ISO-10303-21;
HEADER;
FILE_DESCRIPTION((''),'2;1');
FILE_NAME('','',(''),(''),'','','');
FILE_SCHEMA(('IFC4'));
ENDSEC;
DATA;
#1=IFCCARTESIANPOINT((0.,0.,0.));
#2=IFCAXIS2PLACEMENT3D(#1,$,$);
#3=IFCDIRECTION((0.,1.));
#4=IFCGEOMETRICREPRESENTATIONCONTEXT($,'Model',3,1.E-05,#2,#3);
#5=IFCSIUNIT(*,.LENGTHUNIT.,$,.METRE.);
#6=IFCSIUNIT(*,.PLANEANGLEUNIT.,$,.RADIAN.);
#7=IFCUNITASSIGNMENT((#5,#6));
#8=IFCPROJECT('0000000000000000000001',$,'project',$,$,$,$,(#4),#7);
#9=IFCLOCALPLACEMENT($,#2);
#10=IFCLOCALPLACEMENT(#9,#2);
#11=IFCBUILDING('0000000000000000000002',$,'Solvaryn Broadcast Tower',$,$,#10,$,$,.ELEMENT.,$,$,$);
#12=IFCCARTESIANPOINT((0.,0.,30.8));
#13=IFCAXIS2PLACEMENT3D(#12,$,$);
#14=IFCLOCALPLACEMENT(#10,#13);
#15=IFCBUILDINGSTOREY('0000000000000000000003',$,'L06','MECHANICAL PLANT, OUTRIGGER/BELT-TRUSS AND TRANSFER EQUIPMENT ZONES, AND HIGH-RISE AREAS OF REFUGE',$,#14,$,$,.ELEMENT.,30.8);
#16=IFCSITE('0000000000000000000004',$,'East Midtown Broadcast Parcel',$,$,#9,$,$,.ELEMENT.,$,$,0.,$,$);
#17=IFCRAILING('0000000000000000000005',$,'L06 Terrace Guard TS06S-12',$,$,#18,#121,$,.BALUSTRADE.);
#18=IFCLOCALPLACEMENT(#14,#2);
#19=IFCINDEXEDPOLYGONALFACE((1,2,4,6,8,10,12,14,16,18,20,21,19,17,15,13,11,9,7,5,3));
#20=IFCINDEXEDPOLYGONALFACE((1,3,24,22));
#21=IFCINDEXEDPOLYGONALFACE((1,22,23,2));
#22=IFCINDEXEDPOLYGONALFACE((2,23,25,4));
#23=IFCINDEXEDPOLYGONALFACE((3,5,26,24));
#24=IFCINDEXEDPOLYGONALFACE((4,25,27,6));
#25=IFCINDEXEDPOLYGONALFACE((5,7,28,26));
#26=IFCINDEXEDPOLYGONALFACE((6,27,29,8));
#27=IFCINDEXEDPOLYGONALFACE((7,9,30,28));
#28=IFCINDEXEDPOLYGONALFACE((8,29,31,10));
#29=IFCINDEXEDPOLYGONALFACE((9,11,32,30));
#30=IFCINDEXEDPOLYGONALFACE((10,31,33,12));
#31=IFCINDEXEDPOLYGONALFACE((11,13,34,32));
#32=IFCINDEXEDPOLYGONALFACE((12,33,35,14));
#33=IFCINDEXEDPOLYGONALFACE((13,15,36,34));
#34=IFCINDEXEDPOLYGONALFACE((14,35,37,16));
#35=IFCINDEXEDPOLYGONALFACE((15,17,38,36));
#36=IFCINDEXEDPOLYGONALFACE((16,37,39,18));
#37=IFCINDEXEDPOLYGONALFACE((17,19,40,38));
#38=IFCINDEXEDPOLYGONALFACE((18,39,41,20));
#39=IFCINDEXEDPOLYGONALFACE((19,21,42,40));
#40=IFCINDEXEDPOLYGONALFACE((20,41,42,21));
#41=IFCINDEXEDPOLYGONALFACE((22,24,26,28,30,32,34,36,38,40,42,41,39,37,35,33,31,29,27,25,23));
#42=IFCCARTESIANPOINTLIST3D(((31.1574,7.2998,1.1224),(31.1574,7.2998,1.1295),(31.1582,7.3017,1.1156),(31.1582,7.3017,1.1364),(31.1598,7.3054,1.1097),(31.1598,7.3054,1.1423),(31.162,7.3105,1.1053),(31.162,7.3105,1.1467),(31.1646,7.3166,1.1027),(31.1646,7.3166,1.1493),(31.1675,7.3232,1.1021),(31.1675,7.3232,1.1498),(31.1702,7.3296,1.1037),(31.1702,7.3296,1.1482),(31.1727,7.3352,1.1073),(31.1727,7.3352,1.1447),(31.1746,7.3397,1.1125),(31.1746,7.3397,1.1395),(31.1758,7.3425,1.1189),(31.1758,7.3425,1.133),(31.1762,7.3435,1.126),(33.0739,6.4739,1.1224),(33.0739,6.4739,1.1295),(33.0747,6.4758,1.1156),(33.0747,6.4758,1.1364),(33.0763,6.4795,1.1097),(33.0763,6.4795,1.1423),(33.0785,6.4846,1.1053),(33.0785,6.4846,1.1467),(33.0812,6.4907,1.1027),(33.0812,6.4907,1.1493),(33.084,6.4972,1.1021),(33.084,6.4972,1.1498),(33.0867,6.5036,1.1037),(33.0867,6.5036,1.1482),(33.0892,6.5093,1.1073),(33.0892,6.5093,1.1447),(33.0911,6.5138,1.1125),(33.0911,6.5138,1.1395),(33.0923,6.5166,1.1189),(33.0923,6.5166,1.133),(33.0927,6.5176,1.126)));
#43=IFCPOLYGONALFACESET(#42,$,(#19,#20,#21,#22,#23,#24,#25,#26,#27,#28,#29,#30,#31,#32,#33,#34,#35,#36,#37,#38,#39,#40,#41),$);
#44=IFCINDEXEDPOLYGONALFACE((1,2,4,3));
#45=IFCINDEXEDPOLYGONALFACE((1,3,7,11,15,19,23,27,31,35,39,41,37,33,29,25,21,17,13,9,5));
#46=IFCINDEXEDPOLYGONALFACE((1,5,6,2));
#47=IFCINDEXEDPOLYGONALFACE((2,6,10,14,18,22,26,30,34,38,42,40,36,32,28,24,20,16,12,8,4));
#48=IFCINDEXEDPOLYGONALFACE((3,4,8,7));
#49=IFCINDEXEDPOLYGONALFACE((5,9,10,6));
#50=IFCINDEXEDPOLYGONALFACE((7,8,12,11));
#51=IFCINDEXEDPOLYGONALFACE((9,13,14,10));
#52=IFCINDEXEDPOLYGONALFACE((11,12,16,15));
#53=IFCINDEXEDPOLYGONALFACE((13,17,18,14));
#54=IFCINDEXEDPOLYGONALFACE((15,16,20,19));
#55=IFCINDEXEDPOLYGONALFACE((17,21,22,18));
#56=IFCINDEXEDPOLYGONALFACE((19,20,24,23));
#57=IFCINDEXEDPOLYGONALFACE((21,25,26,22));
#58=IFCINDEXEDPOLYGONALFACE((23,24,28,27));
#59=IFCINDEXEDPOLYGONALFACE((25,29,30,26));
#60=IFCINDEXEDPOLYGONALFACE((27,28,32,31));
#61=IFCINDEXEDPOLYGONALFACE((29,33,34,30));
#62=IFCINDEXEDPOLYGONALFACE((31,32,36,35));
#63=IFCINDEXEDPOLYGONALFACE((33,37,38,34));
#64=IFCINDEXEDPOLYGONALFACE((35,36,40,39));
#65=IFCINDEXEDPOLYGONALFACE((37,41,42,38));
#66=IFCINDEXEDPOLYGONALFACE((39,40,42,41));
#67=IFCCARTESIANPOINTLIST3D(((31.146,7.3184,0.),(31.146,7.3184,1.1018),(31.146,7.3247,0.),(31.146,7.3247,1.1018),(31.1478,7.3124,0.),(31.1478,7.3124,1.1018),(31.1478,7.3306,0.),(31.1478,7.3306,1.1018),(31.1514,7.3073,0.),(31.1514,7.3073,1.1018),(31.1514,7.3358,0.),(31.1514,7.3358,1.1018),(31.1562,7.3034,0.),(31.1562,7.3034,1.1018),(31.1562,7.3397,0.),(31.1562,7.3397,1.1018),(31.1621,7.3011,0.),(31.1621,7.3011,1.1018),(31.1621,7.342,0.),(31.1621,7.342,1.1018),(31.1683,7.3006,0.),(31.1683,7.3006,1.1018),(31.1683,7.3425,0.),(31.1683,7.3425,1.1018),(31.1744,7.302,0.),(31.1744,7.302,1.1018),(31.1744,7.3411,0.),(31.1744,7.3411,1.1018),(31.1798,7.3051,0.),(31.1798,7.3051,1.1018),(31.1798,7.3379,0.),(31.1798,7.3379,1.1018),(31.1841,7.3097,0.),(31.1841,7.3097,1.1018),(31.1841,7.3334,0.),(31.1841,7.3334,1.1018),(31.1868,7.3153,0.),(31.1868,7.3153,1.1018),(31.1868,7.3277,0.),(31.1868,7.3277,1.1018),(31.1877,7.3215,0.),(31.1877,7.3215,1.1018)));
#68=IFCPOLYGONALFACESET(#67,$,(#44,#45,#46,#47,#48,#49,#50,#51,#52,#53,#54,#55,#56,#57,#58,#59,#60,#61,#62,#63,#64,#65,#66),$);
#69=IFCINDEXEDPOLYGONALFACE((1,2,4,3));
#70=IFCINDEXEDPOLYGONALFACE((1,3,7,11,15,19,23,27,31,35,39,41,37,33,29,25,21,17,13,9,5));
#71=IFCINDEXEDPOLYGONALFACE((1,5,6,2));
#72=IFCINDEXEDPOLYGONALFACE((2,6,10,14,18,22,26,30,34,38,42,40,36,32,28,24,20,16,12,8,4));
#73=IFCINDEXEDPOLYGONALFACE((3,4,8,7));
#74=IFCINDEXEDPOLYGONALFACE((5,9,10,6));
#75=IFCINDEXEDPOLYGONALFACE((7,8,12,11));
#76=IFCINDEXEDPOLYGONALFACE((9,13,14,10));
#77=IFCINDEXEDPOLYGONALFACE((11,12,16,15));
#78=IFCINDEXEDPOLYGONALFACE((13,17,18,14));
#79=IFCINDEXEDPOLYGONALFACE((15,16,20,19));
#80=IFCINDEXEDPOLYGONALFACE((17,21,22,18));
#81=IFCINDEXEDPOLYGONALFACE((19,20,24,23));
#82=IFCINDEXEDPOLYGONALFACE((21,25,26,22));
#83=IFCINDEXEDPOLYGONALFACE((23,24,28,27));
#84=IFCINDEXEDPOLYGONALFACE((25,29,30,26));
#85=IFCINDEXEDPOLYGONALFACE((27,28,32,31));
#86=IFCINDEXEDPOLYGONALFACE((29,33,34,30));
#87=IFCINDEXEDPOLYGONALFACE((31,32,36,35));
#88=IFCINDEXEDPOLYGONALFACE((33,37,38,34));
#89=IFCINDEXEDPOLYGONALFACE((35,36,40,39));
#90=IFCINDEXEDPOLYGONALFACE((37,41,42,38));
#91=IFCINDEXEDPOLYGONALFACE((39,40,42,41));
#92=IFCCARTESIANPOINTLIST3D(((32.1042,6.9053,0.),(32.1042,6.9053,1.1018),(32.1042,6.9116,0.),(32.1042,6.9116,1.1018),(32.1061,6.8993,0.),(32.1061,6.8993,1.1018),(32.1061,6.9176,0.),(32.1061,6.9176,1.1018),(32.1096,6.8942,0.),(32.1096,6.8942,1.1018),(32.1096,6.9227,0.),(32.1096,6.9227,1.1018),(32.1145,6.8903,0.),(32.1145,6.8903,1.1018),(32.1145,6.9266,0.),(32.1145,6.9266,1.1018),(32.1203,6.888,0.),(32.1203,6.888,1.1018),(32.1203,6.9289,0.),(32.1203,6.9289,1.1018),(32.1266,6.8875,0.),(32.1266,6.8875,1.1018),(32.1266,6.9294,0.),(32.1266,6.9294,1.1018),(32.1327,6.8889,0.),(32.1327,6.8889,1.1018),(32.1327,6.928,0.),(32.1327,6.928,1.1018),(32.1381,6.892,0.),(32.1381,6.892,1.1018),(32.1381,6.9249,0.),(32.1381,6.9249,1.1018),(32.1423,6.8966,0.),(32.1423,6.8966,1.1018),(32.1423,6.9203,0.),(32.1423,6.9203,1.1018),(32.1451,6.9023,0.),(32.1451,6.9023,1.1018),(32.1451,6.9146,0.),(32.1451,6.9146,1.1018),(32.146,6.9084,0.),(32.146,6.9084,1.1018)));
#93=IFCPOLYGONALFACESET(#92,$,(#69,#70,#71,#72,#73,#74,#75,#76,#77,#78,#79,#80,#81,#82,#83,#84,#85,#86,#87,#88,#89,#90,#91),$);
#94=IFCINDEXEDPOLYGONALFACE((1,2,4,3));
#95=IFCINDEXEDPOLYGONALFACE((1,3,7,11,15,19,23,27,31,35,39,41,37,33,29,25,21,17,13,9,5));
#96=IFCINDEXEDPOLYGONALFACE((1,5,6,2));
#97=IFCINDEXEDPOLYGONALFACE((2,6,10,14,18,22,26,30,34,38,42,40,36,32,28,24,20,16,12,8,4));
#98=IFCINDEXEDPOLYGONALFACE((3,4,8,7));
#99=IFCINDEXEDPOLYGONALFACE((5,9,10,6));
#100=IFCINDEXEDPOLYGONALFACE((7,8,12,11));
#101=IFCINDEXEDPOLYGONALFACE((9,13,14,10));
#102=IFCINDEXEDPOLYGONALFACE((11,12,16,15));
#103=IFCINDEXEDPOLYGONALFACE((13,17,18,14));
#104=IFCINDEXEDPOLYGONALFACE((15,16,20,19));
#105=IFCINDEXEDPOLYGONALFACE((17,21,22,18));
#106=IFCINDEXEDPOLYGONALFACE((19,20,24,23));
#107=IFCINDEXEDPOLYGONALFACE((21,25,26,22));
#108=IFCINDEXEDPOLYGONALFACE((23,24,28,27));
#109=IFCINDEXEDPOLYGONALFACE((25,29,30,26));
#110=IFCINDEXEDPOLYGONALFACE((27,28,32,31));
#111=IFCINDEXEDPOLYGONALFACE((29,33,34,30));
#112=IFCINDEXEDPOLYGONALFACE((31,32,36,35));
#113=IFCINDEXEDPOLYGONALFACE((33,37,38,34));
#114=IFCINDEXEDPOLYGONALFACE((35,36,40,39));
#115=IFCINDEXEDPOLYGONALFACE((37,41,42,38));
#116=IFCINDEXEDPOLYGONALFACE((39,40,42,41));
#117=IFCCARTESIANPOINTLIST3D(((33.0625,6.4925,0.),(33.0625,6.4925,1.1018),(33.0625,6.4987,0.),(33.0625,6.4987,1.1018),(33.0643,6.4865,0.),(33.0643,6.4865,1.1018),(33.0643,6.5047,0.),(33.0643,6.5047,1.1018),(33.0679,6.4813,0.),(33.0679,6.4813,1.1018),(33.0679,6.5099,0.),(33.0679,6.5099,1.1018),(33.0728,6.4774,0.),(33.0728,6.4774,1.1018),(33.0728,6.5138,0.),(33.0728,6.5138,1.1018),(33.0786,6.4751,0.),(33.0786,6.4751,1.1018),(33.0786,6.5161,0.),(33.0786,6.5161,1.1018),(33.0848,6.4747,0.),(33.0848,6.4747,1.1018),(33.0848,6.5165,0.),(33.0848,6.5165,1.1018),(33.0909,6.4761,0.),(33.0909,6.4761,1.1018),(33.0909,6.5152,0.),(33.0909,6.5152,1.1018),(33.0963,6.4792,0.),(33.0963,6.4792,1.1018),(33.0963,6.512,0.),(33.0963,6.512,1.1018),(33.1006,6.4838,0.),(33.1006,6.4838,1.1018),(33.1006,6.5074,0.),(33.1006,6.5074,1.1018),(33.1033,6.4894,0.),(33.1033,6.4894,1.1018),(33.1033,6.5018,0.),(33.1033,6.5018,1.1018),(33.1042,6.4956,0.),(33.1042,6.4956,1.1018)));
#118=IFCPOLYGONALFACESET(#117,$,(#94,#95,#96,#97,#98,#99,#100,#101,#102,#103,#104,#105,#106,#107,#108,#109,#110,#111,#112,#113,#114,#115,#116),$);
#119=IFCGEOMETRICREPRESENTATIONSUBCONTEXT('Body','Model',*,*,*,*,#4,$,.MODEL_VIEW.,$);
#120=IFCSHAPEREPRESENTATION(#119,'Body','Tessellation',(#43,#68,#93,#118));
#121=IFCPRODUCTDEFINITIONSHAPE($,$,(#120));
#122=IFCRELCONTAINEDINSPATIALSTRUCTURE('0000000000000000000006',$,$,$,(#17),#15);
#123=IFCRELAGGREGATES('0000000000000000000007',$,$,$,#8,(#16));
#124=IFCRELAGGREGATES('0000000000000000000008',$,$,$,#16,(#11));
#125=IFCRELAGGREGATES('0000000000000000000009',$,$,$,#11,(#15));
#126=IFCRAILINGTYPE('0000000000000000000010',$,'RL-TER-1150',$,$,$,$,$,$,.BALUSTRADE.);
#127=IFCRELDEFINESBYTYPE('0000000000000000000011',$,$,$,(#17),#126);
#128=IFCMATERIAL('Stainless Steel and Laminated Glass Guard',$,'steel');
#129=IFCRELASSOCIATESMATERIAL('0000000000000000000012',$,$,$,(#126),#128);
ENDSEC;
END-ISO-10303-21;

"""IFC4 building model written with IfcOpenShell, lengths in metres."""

from ifc_helpers import new_model, si_unit, direction, frame, origin, origin_2d, place, context, subcontext, project, spatial, circle, extrude, material, type_object, element, save


model = new_model("IFC4")

# Units and contexts
model_context = context("Model", 3, precision=1e-05, world=origin(), true_north=direction((0.0, 1.0)))
body_context = subcontext(model_context, "Body", "Model", "MODEL_VIEW")
ifc_project = project(units=[si_unit("LENGTHUNIT", "METRE"), si_unit("PLANEANGLEUNIT", "RADIAN")], contexts=[model_context])

# Site, building, storey
site_placement = place(None, origin())
site = spatial("IfcSite", under=ifc_project, at=site_placement, Name="East Midtown Broadcast Parcel", CompositionType="ELEMENT", RefElevation=0.0)
building_placement = place(site_placement, origin())
building = spatial("IfcBuilding", under=site, at=building_placement, Name="Solvaryn Broadcast Tower", CompositionType="ELEMENT")
storey_placement = place(building_placement, frame((0.0, 0.0, 30.8)))
storey = spatial("IfcBuildingStorey", under=building, at=storey_placement, Name="L06", Description="MECHANICAL PLANT, OUTRIGGER/BELT-TRUSS AND TRANSFER EQUIPMENT ZONES, AND HIGH-RISE AREAS OF REFUGE", CompositionType="ELEMENT", Elevation=30.8)

# Railing
ifc_material_1 = material(Name="Stainless Steel and Laminated Glass Guard", Category="steel")
railing_type = type_object("IfcRailingType", Name="RL-TER-1150", PredefinedType="BALUSTRADE", material=ifc_material_1)
railing_1_placement = place(storey_placement, frame((31.1667, 7.3215, 0.0)))
element("IfcRailing", 1, at=railing_1_placement, inside=storey, type_object=railing_type, Name="L06 Terrace Guard TS06S-12", PredefinedType="BALUSTRADE", context=body_context, shape_type="SweptSolid", body=[
    extrude(circle(Radius=0.0239, at=origin_2d()), frame((0.0, 0.0, 1.126), z_axis=(0.91835, -0.395768, 0.0), x_axis=(0.395768, 0.91835, 0.0)), (0.0, 0.0, 1.0), 2.0869),
    extrude(circle(Radius=0.021, at=origin_2d()), origin(), (0.0, 0.0, 1.0), 1.1018),
    extrude(circle(Radius=0.021, at=origin_2d()), frame((0.9583, -0.4131, 0.0)), (0.0, 0.0, 1.0), 1.1018),
    extrude(circle(Radius=0.021, at=origin_2d()), frame((1.9165, -0.8259, 0.0)), (0.0, 0.0, 1.0), 1.1018),
])

save(model, "model.ifc")
